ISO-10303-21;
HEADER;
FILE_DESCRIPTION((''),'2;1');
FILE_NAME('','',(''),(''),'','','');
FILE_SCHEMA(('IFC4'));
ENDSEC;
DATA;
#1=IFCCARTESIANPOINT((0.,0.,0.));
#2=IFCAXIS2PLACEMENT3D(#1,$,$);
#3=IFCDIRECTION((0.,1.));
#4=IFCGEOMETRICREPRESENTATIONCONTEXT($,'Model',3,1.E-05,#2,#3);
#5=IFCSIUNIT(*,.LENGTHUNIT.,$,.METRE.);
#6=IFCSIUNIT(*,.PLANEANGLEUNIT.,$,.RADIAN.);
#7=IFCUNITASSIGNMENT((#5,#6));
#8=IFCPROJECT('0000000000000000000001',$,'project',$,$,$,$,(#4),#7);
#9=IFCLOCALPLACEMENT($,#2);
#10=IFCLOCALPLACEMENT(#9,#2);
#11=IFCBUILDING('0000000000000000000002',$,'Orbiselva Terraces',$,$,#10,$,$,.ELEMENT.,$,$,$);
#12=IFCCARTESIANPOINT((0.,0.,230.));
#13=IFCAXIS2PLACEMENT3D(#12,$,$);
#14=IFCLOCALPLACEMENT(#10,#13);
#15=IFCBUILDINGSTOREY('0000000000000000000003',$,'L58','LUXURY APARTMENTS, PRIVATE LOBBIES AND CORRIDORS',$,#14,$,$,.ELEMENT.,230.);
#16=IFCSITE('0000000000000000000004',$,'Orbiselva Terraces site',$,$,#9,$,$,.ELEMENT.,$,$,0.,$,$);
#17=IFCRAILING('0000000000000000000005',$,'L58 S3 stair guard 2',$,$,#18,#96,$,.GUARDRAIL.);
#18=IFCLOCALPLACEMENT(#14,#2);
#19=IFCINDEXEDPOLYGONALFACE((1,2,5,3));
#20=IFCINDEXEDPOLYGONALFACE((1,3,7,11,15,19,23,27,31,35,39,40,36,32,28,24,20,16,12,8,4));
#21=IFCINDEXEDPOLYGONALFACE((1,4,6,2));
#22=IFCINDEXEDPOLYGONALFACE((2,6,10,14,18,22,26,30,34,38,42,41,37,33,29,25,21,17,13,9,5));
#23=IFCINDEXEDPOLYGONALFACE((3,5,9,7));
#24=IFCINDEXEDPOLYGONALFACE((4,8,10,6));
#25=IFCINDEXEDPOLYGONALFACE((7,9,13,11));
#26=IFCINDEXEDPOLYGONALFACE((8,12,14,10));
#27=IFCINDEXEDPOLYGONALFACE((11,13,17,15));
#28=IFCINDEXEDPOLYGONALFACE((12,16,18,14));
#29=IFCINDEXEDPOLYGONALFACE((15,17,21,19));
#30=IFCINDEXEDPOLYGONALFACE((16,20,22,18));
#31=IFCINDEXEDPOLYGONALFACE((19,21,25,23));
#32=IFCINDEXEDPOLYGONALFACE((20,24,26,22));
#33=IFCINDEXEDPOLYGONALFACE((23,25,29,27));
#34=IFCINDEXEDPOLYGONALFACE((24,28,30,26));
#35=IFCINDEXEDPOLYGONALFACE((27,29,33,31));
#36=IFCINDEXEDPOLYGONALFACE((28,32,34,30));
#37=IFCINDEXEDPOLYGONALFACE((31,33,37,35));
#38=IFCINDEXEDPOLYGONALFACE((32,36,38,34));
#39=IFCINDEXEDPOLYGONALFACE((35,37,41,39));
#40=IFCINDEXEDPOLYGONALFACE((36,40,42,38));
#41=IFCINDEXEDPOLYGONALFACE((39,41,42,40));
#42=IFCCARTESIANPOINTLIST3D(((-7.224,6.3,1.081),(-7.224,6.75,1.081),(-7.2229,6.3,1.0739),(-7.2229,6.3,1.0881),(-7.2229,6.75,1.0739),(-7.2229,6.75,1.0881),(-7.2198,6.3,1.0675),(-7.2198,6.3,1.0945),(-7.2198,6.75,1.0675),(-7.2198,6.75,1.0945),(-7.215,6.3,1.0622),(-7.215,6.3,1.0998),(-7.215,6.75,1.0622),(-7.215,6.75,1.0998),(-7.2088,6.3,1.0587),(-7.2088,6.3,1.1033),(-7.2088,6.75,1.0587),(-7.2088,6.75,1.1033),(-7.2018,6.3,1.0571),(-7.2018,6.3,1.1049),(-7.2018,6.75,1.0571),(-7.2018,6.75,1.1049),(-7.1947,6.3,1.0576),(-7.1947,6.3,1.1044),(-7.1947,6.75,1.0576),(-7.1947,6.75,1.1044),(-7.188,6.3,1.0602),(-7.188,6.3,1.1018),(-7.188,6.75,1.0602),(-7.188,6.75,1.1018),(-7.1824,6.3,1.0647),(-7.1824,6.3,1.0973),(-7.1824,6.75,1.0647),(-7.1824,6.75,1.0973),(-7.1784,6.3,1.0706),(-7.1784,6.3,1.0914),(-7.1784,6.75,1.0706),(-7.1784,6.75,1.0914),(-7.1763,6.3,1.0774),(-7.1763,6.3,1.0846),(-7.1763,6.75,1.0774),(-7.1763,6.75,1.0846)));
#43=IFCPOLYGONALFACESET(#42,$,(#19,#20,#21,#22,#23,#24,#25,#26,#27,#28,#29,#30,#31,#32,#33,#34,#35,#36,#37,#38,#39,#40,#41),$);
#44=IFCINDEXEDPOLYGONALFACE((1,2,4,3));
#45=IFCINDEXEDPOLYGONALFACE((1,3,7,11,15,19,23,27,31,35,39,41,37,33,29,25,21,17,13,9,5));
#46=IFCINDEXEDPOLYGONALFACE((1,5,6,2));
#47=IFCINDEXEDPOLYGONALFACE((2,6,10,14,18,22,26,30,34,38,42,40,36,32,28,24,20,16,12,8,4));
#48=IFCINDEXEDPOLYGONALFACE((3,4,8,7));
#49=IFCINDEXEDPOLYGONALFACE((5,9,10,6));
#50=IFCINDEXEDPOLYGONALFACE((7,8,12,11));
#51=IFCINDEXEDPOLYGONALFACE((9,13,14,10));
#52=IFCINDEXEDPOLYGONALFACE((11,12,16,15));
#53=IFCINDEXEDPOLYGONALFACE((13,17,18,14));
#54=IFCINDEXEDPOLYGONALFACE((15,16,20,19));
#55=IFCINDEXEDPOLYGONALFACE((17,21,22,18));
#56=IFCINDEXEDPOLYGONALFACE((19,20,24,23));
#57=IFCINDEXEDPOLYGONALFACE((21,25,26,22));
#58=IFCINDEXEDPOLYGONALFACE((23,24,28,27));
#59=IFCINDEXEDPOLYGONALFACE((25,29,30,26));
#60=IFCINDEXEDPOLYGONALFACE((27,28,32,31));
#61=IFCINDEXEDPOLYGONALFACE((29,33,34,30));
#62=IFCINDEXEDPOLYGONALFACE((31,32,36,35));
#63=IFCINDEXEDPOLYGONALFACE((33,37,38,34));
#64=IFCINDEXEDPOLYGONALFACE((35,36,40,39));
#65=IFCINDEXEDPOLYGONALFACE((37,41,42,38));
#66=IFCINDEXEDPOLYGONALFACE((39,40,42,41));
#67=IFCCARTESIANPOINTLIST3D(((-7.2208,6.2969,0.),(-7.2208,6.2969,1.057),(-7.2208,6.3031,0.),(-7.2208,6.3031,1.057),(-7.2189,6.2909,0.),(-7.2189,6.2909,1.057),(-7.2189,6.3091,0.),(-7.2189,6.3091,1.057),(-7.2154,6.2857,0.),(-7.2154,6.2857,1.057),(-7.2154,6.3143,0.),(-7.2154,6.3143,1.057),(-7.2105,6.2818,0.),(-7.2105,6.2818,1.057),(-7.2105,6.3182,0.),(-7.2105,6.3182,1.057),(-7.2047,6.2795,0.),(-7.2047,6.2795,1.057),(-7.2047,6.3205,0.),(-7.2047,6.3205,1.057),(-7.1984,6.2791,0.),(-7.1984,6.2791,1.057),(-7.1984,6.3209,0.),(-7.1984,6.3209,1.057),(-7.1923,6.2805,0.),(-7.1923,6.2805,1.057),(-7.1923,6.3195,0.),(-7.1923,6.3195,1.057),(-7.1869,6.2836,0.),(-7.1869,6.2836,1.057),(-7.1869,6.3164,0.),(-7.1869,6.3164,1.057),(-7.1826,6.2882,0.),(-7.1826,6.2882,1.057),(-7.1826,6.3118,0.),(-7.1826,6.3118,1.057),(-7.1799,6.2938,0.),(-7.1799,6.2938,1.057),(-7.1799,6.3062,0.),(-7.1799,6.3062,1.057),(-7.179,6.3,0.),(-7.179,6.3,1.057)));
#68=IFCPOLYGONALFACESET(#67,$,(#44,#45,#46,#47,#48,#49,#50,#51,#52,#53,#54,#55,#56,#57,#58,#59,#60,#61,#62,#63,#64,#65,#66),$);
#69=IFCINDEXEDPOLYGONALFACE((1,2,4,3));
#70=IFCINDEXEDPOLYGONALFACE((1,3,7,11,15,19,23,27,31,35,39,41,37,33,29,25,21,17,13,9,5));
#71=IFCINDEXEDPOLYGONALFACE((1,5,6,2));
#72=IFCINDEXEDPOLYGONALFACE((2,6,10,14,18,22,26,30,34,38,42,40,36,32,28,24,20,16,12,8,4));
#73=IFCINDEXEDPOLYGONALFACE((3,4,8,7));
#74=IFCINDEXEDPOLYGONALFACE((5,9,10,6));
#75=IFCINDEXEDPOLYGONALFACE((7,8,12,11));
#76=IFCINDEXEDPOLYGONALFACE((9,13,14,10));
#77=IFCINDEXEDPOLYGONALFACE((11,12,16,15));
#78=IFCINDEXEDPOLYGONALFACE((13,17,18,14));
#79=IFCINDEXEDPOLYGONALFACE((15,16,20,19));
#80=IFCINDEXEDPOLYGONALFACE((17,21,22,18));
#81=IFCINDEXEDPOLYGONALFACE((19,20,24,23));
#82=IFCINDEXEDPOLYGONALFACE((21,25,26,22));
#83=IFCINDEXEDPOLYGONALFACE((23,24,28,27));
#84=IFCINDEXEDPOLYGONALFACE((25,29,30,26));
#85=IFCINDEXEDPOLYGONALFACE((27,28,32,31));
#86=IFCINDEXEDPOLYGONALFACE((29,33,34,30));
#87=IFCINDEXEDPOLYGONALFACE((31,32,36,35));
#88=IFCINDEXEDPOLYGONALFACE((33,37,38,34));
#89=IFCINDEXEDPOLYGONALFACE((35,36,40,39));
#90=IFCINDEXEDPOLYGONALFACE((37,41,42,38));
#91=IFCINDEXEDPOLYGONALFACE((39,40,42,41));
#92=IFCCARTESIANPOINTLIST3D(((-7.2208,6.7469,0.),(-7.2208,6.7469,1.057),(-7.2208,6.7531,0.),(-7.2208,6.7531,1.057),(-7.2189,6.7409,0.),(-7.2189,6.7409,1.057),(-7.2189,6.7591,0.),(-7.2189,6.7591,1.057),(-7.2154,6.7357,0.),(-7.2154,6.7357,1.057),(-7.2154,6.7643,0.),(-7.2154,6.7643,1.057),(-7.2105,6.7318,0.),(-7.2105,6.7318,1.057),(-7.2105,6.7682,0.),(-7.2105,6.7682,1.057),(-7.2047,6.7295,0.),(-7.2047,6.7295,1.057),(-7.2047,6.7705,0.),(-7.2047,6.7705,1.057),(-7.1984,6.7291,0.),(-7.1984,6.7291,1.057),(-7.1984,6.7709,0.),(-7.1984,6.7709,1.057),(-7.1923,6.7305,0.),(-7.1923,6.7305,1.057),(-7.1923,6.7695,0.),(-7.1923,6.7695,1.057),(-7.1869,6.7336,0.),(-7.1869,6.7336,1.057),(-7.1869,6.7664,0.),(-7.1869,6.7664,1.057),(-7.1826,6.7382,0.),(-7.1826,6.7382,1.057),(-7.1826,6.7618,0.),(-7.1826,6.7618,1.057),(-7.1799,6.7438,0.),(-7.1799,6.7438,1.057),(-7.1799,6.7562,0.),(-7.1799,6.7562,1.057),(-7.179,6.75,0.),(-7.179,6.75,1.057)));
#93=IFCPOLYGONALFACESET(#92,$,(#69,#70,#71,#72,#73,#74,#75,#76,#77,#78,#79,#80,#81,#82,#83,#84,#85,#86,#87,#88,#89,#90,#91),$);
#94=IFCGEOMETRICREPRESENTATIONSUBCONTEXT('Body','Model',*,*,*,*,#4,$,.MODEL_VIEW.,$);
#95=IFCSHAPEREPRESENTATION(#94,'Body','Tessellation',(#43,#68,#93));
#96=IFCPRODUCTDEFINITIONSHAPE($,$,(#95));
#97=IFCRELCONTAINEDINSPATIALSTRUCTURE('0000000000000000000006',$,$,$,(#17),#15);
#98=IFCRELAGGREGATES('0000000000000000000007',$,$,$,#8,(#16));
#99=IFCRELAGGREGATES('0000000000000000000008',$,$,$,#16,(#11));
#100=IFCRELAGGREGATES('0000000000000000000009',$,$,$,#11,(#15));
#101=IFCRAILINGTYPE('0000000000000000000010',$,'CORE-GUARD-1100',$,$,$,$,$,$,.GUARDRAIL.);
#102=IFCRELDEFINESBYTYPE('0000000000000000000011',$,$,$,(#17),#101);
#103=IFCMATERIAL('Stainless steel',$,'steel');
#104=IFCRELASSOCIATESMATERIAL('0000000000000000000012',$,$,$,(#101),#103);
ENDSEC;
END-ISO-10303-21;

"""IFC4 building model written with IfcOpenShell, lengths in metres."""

from ifc_helpers import new_model, si_unit, direction, frame, origin, origin_2d, place, context, subcontext, project, spatial, circle, extrude, material, type_object, element, save


model = new_model("IFC4")

# Units and contexts
model_context = context("Model", 3, precision=1e-05, world=origin(), true_north=direction((0.0, 1.0)))
body_context = subcontext(model_context, "Body", "Model", "MODEL_VIEW")
ifc_project = project(units=[si_unit("LENGTHUNIT", "METRE"), si_unit("PLANEANGLEUNIT", "RADIAN")], contexts=[model_context])

# Site, building, storey
site_placement = place(None, origin())
site = spatial("IfcSite", under=ifc_project, at=site_placement, Name="Orbiselva Terraces site", CompositionType="ELEMENT", RefElevation=0.0)
building_placement = place(site_placement, origin())
building = spatial("IfcBuilding", under=site, at=building_placement, Name="Orbiselva Terraces", CompositionType="ELEMENT")
storey_placement = place(building_placement, frame((0.0, 0.0, 230.0)))
storey = spatial("IfcBuildingStorey", under=building, at=storey_placement, Name="L58", Description="LUXURY APARTMENTS, PRIVATE LOBBIES AND CORRIDORS", CompositionType="ELEMENT", Elevation=230.0)

# Railing
ifc_material_1 = material(Name="Stainless steel", Category="steel")
railing_type_1 = type_object("IfcRailingType", Name="CORE-GUARD-1100", PredefinedType="GUARDRAIL", material=ifc_material_1)
railing_1_placement = place(storey_placement, frame((-7.2, 6.3, 0.0)))
element("IfcRailing", 1, at=railing_1_placement, inside=storey, type_object=railing_type_1, Name="L58 S3 stair guard 2", PredefinedType="GUARDRAIL", context=body_context, shape_type="SweptSolid", body=[
    extrude(circle(Radius=0.024, at=origin_2d()), frame((0.0, 0.0, 1.081), z_axis=(0.0, 1.0, 0.0), x_axis=(-1.0, 0.0, 0.0)), (0.0, 0.0, 1.0), 0.45),
    extrude(circle(Radius=0.021, at=origin_2d()), origin(), (0.0, 0.0, 1.0), 1.057),
    extrude(circle(Radius=0.021, at=origin_2d()), frame((0.0, 0.45, 0.0)), (0.0, 0.0, 1.0), 1.057),
])

save(model, "model.ifc")
